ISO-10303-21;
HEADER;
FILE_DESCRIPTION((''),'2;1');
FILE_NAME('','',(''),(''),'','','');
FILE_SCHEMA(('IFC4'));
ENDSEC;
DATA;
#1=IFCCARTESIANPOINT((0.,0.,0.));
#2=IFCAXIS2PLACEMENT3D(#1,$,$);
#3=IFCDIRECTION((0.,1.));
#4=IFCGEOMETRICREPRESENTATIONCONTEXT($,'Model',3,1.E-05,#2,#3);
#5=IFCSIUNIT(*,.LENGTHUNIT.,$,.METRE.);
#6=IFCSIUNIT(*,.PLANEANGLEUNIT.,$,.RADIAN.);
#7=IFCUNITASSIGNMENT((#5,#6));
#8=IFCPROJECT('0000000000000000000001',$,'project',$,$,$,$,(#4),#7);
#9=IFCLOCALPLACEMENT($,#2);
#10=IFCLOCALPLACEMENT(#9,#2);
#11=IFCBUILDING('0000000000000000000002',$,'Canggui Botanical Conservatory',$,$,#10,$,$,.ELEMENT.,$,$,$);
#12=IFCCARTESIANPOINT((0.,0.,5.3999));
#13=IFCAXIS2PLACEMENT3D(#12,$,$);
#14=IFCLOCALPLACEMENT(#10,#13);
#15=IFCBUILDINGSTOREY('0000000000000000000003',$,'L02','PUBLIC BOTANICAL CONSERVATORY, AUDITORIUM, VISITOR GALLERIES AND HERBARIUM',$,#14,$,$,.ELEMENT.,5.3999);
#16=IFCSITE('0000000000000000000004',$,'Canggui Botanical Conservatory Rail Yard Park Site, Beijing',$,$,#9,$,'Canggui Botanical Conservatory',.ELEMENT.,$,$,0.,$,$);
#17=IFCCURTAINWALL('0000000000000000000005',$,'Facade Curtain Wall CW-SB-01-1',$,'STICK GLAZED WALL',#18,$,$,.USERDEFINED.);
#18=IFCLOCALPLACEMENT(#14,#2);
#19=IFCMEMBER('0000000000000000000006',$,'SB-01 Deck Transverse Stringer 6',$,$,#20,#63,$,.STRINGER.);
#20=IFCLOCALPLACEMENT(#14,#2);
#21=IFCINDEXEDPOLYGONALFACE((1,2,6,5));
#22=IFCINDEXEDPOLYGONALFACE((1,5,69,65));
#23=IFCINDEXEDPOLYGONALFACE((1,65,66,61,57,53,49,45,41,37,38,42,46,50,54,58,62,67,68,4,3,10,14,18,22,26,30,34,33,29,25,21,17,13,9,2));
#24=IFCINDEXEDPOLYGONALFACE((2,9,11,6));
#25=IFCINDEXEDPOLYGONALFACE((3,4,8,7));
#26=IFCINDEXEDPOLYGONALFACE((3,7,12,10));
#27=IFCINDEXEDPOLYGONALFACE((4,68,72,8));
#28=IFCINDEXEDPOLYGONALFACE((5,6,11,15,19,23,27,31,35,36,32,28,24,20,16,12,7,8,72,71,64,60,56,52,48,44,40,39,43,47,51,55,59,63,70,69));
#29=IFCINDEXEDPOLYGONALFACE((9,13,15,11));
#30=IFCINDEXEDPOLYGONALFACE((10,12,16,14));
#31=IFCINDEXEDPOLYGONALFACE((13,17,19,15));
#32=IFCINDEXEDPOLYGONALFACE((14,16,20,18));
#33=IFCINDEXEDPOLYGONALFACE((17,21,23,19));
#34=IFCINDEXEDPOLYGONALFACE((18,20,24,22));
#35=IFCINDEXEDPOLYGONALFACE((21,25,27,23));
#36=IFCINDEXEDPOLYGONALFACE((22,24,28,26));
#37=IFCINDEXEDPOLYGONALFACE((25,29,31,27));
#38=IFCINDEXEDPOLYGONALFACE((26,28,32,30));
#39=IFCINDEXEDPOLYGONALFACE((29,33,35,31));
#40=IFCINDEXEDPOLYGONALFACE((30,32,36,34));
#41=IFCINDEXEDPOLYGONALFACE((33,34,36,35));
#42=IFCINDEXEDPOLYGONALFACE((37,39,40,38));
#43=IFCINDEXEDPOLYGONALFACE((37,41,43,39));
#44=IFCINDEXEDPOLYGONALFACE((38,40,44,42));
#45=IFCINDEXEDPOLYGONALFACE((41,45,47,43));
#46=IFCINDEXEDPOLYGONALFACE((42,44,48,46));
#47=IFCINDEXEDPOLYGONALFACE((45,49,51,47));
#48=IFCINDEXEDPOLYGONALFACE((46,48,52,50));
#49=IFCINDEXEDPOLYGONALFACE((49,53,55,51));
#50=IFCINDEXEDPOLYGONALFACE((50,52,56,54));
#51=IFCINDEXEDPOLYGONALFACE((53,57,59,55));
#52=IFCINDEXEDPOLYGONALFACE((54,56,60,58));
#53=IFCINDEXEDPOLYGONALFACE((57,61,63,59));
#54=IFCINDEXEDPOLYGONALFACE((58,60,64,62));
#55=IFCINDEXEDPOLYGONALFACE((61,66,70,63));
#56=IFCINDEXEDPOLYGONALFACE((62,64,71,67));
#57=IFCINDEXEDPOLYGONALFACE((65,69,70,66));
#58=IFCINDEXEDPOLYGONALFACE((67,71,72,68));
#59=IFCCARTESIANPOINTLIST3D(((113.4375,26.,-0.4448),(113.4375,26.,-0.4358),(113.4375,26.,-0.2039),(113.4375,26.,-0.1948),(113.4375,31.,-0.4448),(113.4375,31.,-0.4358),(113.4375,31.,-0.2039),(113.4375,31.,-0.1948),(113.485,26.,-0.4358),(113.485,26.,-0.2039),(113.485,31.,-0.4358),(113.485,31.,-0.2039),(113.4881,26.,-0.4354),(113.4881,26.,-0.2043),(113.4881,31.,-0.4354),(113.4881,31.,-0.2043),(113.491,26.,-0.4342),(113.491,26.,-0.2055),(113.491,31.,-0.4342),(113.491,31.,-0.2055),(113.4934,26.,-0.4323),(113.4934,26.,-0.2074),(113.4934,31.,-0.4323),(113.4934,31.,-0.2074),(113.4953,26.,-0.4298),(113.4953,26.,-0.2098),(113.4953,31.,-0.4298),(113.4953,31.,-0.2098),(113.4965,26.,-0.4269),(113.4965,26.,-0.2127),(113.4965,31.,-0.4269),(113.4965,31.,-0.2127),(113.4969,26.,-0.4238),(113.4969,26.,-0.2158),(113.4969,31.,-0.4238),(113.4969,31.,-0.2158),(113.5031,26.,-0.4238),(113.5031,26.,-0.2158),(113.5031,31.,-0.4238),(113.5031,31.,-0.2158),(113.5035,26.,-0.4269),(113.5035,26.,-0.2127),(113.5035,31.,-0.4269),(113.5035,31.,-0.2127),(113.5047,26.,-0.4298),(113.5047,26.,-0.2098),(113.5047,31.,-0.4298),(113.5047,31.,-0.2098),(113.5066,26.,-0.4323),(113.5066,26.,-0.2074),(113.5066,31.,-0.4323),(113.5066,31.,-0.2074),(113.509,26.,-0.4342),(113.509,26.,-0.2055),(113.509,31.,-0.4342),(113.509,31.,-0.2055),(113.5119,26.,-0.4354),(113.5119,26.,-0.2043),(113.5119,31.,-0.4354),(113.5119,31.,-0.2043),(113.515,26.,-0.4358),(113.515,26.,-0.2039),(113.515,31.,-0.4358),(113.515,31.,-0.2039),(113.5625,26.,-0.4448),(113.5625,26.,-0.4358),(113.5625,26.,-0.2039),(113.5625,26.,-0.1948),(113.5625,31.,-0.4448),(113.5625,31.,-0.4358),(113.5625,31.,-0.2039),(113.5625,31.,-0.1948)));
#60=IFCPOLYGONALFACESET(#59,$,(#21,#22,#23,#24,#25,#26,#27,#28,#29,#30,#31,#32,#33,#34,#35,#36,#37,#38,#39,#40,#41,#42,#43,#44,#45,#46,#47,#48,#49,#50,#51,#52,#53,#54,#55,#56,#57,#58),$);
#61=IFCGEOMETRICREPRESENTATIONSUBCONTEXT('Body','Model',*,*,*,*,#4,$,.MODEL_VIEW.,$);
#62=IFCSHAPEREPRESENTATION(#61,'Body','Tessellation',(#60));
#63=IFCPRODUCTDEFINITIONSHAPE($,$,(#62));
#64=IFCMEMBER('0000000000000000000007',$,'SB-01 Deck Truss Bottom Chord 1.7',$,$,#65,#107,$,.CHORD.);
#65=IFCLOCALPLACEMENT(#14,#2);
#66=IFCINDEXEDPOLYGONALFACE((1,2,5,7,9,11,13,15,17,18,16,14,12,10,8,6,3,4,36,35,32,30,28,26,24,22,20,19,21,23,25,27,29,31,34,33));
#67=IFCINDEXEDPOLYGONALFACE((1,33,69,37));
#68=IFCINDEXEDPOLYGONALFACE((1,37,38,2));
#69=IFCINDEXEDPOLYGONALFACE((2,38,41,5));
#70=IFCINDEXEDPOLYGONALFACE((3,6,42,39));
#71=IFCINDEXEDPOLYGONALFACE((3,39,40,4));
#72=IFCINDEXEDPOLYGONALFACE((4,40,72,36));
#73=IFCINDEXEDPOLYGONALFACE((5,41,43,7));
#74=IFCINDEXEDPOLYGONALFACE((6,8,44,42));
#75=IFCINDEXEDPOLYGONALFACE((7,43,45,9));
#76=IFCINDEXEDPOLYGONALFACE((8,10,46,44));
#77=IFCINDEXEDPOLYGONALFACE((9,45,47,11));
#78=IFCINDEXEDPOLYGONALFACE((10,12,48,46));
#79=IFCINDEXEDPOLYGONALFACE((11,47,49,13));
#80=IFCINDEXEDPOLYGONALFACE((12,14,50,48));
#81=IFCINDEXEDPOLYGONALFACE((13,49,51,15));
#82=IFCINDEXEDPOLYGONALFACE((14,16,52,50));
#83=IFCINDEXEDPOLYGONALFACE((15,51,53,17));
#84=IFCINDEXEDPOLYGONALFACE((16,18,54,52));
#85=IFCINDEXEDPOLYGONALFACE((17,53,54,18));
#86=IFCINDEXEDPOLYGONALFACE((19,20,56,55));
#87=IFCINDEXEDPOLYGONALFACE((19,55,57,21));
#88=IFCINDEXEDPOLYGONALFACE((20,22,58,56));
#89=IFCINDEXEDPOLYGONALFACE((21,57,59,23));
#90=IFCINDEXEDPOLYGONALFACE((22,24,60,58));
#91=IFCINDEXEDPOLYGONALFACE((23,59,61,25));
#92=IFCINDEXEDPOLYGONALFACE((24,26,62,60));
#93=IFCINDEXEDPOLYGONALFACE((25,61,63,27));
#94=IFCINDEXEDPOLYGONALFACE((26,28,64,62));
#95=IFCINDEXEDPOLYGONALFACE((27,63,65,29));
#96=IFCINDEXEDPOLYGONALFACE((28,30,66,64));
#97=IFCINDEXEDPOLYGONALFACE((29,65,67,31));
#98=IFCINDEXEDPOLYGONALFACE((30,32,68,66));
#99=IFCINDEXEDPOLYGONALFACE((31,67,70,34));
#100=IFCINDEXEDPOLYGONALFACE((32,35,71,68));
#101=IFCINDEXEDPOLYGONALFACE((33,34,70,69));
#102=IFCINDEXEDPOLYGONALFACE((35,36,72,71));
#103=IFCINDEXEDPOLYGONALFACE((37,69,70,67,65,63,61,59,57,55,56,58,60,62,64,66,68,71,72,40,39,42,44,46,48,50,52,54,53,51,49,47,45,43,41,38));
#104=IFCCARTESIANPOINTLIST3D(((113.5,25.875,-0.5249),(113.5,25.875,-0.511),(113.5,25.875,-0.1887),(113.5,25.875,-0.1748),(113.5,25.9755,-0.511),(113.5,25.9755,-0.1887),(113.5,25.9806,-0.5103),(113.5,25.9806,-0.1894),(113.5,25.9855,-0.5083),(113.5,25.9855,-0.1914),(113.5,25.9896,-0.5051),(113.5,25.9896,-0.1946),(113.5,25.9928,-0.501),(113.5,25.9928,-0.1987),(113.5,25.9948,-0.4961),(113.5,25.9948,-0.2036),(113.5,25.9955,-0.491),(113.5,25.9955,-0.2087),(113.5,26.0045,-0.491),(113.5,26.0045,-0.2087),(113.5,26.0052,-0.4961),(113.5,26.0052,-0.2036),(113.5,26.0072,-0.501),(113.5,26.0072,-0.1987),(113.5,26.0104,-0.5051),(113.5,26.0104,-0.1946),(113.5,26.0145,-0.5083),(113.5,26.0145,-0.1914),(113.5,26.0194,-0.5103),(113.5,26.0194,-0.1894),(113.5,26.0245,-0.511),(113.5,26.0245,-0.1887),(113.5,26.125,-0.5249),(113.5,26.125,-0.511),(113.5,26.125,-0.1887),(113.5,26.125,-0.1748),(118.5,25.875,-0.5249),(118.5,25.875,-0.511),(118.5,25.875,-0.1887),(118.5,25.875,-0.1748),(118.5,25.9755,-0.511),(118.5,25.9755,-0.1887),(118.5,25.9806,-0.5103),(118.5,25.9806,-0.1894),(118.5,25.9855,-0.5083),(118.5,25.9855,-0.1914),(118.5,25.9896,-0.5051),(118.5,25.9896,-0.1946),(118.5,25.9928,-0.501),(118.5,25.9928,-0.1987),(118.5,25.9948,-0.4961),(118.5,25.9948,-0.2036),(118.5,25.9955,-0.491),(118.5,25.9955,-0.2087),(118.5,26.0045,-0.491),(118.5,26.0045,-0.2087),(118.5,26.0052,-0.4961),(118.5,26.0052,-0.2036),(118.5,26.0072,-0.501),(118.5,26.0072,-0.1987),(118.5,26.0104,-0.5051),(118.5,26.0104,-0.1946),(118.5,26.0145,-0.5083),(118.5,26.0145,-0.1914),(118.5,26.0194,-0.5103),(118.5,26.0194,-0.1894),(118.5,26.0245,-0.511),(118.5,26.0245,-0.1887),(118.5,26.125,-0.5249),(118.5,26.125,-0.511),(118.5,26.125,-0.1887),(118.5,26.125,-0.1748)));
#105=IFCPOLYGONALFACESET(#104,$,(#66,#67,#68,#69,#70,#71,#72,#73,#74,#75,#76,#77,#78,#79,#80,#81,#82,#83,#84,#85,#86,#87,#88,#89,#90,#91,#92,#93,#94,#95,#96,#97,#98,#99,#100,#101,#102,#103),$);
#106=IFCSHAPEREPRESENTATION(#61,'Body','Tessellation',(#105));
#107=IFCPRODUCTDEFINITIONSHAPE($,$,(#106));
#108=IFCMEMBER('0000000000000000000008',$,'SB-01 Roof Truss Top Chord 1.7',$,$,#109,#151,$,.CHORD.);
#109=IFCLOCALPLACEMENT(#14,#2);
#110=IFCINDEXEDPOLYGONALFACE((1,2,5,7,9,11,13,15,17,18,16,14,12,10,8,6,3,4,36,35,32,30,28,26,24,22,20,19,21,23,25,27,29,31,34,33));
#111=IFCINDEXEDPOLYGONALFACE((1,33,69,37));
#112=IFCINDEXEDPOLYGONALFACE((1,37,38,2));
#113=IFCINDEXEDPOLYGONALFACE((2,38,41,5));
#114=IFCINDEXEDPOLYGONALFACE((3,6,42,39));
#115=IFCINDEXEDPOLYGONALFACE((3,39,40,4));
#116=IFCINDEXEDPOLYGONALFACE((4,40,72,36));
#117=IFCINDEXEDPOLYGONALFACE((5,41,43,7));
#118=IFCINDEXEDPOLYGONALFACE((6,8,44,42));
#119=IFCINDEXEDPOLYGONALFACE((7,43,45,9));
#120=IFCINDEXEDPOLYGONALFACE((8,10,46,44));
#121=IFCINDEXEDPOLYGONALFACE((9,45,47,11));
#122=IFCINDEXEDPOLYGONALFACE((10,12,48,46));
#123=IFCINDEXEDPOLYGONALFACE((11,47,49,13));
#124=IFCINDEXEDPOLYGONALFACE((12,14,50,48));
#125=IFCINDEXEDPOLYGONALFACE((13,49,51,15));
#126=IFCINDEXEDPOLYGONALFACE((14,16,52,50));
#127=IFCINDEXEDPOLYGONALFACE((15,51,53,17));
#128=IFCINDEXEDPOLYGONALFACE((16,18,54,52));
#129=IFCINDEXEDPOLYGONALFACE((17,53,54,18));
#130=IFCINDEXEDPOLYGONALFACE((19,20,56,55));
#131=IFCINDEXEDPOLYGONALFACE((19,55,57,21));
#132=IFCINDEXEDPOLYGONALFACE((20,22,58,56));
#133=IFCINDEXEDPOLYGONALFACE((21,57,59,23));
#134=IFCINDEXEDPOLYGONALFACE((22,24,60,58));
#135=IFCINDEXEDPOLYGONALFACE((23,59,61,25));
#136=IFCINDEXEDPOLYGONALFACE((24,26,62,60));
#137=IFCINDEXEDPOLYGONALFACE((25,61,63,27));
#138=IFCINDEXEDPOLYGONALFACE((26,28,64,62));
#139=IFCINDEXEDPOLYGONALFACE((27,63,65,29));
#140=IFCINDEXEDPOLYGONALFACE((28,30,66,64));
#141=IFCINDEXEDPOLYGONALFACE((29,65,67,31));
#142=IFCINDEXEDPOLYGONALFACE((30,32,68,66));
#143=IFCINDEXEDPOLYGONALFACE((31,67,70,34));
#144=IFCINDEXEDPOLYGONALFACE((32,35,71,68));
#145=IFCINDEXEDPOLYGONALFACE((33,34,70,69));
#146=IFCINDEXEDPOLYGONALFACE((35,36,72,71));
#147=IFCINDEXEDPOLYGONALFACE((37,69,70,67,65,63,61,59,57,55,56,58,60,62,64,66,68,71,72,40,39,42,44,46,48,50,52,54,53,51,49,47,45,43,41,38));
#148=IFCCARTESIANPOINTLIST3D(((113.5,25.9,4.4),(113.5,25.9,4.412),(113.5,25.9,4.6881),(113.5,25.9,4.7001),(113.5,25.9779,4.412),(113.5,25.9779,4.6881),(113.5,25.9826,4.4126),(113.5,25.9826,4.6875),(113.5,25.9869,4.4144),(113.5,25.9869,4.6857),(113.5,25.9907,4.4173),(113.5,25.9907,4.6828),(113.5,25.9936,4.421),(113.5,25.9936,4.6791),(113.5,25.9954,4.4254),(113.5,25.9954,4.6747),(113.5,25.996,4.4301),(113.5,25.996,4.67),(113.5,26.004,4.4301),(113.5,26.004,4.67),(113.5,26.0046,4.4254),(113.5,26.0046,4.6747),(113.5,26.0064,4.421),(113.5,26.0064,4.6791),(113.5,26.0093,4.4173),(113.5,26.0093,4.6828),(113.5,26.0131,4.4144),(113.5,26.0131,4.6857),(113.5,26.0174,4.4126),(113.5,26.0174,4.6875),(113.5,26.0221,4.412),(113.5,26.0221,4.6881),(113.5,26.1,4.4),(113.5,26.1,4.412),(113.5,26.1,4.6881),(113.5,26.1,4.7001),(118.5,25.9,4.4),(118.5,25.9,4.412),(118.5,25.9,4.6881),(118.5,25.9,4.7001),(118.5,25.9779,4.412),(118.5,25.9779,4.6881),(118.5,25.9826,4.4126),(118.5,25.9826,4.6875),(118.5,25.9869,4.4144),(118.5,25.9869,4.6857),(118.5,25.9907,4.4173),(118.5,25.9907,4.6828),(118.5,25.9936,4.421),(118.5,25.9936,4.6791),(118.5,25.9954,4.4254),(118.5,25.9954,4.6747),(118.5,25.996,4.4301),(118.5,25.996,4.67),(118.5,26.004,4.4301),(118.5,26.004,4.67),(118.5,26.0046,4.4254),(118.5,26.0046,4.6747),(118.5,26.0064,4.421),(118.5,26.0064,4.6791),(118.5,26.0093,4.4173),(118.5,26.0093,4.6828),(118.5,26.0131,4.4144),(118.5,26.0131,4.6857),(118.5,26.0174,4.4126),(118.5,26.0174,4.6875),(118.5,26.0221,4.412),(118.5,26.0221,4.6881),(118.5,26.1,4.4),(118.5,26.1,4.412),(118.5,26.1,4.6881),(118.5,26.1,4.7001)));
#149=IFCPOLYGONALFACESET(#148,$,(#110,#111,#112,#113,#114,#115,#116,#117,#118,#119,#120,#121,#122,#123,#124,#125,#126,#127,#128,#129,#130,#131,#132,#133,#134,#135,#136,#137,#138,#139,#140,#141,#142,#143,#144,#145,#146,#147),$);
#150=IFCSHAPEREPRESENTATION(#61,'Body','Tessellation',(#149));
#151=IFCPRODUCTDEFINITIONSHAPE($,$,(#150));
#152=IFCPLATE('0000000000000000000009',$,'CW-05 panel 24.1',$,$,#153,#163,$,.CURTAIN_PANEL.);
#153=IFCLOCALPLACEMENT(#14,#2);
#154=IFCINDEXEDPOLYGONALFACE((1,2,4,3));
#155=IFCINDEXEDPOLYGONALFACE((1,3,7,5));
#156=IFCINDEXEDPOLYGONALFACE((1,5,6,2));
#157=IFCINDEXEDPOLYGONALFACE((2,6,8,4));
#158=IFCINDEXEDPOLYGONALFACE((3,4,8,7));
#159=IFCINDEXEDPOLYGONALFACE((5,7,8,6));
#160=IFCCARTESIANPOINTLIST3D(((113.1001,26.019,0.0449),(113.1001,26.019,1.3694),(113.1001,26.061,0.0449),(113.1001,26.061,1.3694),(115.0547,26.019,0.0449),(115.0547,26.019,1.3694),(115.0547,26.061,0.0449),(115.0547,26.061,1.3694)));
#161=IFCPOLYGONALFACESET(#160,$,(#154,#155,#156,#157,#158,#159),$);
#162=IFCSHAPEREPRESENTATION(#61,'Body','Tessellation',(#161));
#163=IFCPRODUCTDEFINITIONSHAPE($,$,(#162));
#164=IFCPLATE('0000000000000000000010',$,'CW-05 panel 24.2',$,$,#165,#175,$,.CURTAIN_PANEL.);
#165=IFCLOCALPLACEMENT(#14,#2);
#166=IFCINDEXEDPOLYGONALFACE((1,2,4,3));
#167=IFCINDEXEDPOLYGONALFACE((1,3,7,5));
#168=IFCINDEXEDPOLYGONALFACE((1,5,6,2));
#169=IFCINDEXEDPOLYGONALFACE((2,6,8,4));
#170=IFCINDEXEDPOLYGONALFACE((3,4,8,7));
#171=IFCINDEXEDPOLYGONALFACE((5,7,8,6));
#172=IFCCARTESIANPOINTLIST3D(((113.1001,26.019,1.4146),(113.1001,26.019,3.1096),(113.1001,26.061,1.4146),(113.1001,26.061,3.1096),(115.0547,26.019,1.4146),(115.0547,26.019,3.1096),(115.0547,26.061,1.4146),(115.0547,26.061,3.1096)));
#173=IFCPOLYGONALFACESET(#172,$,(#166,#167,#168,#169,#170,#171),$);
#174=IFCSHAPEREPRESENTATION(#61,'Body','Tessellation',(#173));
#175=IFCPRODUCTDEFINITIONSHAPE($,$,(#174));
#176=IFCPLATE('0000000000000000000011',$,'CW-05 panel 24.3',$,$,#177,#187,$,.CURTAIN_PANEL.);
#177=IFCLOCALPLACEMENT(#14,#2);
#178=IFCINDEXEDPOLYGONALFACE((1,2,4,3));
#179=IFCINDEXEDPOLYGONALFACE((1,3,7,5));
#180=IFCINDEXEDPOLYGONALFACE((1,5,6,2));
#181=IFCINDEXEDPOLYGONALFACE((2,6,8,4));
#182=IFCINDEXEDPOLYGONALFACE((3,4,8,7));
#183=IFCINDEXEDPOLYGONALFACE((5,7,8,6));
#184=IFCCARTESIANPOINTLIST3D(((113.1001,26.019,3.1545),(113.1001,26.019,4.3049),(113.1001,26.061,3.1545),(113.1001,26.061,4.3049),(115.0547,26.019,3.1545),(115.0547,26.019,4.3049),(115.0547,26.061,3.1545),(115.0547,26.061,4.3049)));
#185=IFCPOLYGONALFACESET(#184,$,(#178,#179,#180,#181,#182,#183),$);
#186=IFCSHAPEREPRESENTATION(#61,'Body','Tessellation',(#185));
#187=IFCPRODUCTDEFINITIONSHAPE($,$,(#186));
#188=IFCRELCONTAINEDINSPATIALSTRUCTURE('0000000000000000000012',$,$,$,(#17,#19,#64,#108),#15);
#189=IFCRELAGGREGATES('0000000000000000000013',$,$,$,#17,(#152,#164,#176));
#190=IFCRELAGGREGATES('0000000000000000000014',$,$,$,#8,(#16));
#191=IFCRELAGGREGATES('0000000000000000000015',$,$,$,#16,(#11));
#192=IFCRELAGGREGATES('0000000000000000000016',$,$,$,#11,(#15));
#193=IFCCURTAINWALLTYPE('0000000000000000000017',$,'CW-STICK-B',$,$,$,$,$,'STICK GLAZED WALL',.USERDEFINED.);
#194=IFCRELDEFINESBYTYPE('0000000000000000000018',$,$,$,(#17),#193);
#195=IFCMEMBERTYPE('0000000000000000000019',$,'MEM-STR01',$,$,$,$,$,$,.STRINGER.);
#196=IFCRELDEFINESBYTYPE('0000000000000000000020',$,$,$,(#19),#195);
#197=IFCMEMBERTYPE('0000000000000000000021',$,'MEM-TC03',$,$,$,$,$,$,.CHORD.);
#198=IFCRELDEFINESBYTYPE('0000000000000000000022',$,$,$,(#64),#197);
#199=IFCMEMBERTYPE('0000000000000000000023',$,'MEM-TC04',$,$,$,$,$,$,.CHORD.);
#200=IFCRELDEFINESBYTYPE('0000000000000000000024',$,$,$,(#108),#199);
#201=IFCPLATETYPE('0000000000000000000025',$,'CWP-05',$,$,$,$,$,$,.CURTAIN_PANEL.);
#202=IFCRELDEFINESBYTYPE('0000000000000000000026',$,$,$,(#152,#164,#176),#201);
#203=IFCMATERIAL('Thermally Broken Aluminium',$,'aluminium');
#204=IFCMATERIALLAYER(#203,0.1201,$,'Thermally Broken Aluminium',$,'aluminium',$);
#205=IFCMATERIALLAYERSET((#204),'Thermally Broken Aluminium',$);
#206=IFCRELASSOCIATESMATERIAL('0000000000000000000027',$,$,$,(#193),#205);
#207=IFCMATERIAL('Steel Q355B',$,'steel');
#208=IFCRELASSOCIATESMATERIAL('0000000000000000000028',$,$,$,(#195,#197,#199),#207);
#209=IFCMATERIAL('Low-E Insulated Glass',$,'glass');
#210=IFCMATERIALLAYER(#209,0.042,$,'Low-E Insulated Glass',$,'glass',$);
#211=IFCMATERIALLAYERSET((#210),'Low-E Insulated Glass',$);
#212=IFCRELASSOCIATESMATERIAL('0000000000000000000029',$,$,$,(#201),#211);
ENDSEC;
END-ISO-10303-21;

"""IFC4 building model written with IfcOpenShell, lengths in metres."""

from ifc_helpers import new_model, si_unit, direction, frame, origin, origin_2d, place, context, subcontext, project, spatial, rectangle, i_section, extrude, material, layer, layer_set, material_profile, profile_set, type_object, element, aggregate, save


model = new_model("IFC4")

# Units and contexts
model_context = context("Model", 3, precision=1e-05, world=origin(), true_north=direction((0.0, 1.0)))
body_context = subcontext(model_context, "Body", "Model", "MODEL_VIEW")
ifc_project = project(units=[si_unit("LENGTHUNIT", "METRE"), si_unit("PLANEANGLEUNIT", "RADIAN")], contexts=[model_context])

# Site, building, storey
site_placement = place(None, origin())
site = spatial("IfcSite", under=ifc_project, at=site_placement, Name="Canggui Botanical Conservatory Rail Yard Park Site, Beijing", LongName="Canggui Botanical Conservatory", CompositionType="ELEMENT", RefElevation=0.0)
building_placement = place(site_placement, origin())
building = spatial("IfcBuilding", under=site, at=building_placement, Name="Canggui Botanical Conservatory", CompositionType="ELEMENT")
storey_placement = place(building_placement, frame((0.0, 0.0, 5.3999)))
storey = spatial("IfcBuildingStorey", under=building, at=storey_placement, Name="L02", Description="PUBLIC BOTANICAL CONSERVATORY, AUDITORIUM, VISITOR GALLERIES AND HERBARIUM", CompositionType="ELEMENT", Elevation=5.3999)

# Shared definitions
ifc_material_1 = material(Name="Steel Q355B", Category="steel")

# Curtain wall
ifc_material_2 = material(Name="Thermally Broken Aluminium", Category="aluminium")
ifc_layer_1 = layer(ifc_material_2, 0.1201, Name="Thermally Broken Aluminium", Category="aluminium")
ifc_layer_set_1 = layer_set([ifc_layer_1], Name="Thermally Broken Aluminium")
curtain_wall_type = type_object("IfcCurtainWallType", Name="CW-STICK-B", ElementType="STICK GLAZED WALL", PredefinedType="USERDEFINED", material=ifc_layer_set_1)
curtain_wall_1_placement = place(storey_placement, origin())
curtain_wall_1 = element("IfcCurtainWall", 1, at=curtain_wall_1_placement, inside=storey, type_object=curtain_wall_type, Name="Facade Curtain Wall CW-SB-01-1", ObjectType="STICK GLAZED WALL", PredefinedType="USERDEFINED")

# Members
ifc_material_profile_1 = material_profile(ifc_material_1, i_section(OverallWidth=0.125, OverallDepth=0.25, WebThickness=0.0061, FlangeThickness=0.009, FilletRadius=0.012, at=origin_2d()), Name="HN 250x125x6x9")
ifc_profile_set_1 = profile_set([ifc_material_profile_1], Name="Steel Q355B")
member_type_1 = type_object("IfcMemberType", Name="MEM-STR01", PredefinedType="STRINGER", material=ifc_profile_set_1)
member_1_placement = place(storey_placement, frame((113.5, 26.0, -0.3198), z_axis=(0.0, 1.0, 0.0), x_axis=(-1.0, 0.0, 0.0)))
element("IfcMember", 2, at=member_1_placement, inside=storey, type_object=member_type_1, Name="SB-01 Deck Transverse Stringer 6", PredefinedType="STRINGER", context=body_context, shape_type="SweptSolid", body=[
    extrude(i_section(OverallWidth=0.125, OverallDepth=0.25, WebThickness=0.0061, FlangeThickness=0.009, FilletRadius=0.012, at=origin_2d()), origin(), (0.0, 0.0, 1.0), 5.0),
])
ifc_material_profile_2 = material_profile(ifc_material_1, i_section(OverallWidth=0.25, OverallDepth=0.3501, WebThickness=0.009, FlangeThickness=0.0139, FilletRadius=0.02, at=origin_2d()), Name="HM 350x250x9x14")
ifc_profile_set_2 = profile_set([ifc_material_profile_2], Name="Steel Q355B")
member_type_2 = type_object("IfcMemberType", Name="MEM-TC03", PredefinedType="CHORD", material=ifc_profile_set_2)
member_2_placement = place(storey_placement, frame((113.5, 26.0, -0.3499), z_axis=(1.0, 0.0, 0.0), x_axis=(0.0, 1.0, 0.0)))
element("IfcMember", 3, at=member_2_placement, inside=storey, type_object=member_type_2, Name="SB-01 Deck Truss Bottom Chord 1.7", PredefinedType="CHORD", context=body_context, shape_type="SweptSolid", body=[
    extrude(i_section(OverallWidth=0.25, OverallDepth=0.3501, WebThickness=0.009, FlangeThickness=0.0139, FilletRadius=0.02, at=origin_2d()), origin(), (0.0, 0.0, 1.0), 5.0),
])
ifc_material_profile_3 = material_profile(ifc_material_1, i_section(OverallWidth=0.2, OverallDepth=0.3, WebThickness=0.0081, FlangeThickness=0.012, FilletRadius=0.0181, at=origin_2d()), Name="HM 300x200x8x12")
ifc_profile_set_3 = profile_set([ifc_material_profile_3], Name="Steel Q355B")
member_type_3 = type_object("IfcMemberType", Name="MEM-TC04", PredefinedType="CHORD", material=ifc_profile_set_3)
member_3_placement = place(storey_placement, frame((113.5, 26.0, 4.55), z_axis=(1.0, 0.0, 0.0), x_axis=(0.0, 1.0, 0.0)))
element("IfcMember", 4, at=member_3_placement, inside=storey, type_object=member_type_3, Name="SB-01 Roof Truss Top Chord 1.7", PredefinedType="CHORD", context=body_context, shape_type="SweptSolid", body=[
    extrude(i_section(OverallWidth=0.2, OverallDepth=0.3, WebThickness=0.0081, FlangeThickness=0.012, FilletRadius=0.0181, at=origin_2d()), origin(), (0.0, 0.0, 1.0), 5.0),
])

# Plates
ifc_material_3 = material(Name="Low-E Insulated Glass", Category="glass")
ifc_layer_2 = layer(ifc_material_3, 0.042, Name="Low-E Insulated Glass", Category="glass")
ifc_layer_set_2 = layer_set([ifc_layer_2], Name="Low-E Insulated Glass")
plate_type_1 = type_object("IfcPlateType", Name="CWP-05", PredefinedType="CURTAIN_PANEL", material=ifc_layer_set_2)
plate_1_placement = place(storey_placement, frame((114.0774, 26.04, 0.0449), z_axis=(0.0, 0.0, 1.0), x_axis=(1.0, 0.0, 0.0)))
plate_1 = element("IfcPlate", 5, at=plate_1_placement, type_object=plate_type_1, Name="CW-05 panel 24.1", PredefinedType="CURTAIN_PANEL", context=body_context, shape_type="SweptSolid", body=[
    extrude(rectangle(XDim=1.9546, YDim=0.042, at=origin_2d()), origin(), (0.0, 0.0, 1.0), 1.3245),
])
plate_2_placement = place(storey_placement, frame((114.0774, 26.04, 1.4146), z_axis=(0.0, 0.0, 1.0), x_axis=(1.0, 0.0, 0.0)))
plate_2 = element("IfcPlate", 6, at=plate_2_placement, type_object=plate_type_1, Name="CW-05 panel 24.2", PredefinedType="CURTAIN_PANEL", context=body_context, shape_type="SweptSolid", body=[
    extrude(rectangle(XDim=1.9546, YDim=0.042, at=origin_2d()), origin(), (0.0, 0.0, 1.0), 1.6951),
])
plate_3_placement = place(storey_placement, frame((114.0774, 26.04, 3.1545), z_axis=(0.0, 0.0, 1.0), x_axis=(1.0, 0.0, 0.0)))
plate_3 = element("IfcPlate", 7, at=plate_3_placement, type_object=plate_type_1, Name="CW-05 panel 24.3", PredefinedType="CURTAIN_PANEL", context=body_context, shape_type="SweptSolid", body=[
    extrude(rectangle(XDim=1.9546, YDim=0.042, at=origin_2d()), origin(), (0.0, 0.0, 1.0), 1.1504),
])
aggregate(curtain_wall_1, [plate_1, plate_2, plate_3])

save(model, "model.ifc")
